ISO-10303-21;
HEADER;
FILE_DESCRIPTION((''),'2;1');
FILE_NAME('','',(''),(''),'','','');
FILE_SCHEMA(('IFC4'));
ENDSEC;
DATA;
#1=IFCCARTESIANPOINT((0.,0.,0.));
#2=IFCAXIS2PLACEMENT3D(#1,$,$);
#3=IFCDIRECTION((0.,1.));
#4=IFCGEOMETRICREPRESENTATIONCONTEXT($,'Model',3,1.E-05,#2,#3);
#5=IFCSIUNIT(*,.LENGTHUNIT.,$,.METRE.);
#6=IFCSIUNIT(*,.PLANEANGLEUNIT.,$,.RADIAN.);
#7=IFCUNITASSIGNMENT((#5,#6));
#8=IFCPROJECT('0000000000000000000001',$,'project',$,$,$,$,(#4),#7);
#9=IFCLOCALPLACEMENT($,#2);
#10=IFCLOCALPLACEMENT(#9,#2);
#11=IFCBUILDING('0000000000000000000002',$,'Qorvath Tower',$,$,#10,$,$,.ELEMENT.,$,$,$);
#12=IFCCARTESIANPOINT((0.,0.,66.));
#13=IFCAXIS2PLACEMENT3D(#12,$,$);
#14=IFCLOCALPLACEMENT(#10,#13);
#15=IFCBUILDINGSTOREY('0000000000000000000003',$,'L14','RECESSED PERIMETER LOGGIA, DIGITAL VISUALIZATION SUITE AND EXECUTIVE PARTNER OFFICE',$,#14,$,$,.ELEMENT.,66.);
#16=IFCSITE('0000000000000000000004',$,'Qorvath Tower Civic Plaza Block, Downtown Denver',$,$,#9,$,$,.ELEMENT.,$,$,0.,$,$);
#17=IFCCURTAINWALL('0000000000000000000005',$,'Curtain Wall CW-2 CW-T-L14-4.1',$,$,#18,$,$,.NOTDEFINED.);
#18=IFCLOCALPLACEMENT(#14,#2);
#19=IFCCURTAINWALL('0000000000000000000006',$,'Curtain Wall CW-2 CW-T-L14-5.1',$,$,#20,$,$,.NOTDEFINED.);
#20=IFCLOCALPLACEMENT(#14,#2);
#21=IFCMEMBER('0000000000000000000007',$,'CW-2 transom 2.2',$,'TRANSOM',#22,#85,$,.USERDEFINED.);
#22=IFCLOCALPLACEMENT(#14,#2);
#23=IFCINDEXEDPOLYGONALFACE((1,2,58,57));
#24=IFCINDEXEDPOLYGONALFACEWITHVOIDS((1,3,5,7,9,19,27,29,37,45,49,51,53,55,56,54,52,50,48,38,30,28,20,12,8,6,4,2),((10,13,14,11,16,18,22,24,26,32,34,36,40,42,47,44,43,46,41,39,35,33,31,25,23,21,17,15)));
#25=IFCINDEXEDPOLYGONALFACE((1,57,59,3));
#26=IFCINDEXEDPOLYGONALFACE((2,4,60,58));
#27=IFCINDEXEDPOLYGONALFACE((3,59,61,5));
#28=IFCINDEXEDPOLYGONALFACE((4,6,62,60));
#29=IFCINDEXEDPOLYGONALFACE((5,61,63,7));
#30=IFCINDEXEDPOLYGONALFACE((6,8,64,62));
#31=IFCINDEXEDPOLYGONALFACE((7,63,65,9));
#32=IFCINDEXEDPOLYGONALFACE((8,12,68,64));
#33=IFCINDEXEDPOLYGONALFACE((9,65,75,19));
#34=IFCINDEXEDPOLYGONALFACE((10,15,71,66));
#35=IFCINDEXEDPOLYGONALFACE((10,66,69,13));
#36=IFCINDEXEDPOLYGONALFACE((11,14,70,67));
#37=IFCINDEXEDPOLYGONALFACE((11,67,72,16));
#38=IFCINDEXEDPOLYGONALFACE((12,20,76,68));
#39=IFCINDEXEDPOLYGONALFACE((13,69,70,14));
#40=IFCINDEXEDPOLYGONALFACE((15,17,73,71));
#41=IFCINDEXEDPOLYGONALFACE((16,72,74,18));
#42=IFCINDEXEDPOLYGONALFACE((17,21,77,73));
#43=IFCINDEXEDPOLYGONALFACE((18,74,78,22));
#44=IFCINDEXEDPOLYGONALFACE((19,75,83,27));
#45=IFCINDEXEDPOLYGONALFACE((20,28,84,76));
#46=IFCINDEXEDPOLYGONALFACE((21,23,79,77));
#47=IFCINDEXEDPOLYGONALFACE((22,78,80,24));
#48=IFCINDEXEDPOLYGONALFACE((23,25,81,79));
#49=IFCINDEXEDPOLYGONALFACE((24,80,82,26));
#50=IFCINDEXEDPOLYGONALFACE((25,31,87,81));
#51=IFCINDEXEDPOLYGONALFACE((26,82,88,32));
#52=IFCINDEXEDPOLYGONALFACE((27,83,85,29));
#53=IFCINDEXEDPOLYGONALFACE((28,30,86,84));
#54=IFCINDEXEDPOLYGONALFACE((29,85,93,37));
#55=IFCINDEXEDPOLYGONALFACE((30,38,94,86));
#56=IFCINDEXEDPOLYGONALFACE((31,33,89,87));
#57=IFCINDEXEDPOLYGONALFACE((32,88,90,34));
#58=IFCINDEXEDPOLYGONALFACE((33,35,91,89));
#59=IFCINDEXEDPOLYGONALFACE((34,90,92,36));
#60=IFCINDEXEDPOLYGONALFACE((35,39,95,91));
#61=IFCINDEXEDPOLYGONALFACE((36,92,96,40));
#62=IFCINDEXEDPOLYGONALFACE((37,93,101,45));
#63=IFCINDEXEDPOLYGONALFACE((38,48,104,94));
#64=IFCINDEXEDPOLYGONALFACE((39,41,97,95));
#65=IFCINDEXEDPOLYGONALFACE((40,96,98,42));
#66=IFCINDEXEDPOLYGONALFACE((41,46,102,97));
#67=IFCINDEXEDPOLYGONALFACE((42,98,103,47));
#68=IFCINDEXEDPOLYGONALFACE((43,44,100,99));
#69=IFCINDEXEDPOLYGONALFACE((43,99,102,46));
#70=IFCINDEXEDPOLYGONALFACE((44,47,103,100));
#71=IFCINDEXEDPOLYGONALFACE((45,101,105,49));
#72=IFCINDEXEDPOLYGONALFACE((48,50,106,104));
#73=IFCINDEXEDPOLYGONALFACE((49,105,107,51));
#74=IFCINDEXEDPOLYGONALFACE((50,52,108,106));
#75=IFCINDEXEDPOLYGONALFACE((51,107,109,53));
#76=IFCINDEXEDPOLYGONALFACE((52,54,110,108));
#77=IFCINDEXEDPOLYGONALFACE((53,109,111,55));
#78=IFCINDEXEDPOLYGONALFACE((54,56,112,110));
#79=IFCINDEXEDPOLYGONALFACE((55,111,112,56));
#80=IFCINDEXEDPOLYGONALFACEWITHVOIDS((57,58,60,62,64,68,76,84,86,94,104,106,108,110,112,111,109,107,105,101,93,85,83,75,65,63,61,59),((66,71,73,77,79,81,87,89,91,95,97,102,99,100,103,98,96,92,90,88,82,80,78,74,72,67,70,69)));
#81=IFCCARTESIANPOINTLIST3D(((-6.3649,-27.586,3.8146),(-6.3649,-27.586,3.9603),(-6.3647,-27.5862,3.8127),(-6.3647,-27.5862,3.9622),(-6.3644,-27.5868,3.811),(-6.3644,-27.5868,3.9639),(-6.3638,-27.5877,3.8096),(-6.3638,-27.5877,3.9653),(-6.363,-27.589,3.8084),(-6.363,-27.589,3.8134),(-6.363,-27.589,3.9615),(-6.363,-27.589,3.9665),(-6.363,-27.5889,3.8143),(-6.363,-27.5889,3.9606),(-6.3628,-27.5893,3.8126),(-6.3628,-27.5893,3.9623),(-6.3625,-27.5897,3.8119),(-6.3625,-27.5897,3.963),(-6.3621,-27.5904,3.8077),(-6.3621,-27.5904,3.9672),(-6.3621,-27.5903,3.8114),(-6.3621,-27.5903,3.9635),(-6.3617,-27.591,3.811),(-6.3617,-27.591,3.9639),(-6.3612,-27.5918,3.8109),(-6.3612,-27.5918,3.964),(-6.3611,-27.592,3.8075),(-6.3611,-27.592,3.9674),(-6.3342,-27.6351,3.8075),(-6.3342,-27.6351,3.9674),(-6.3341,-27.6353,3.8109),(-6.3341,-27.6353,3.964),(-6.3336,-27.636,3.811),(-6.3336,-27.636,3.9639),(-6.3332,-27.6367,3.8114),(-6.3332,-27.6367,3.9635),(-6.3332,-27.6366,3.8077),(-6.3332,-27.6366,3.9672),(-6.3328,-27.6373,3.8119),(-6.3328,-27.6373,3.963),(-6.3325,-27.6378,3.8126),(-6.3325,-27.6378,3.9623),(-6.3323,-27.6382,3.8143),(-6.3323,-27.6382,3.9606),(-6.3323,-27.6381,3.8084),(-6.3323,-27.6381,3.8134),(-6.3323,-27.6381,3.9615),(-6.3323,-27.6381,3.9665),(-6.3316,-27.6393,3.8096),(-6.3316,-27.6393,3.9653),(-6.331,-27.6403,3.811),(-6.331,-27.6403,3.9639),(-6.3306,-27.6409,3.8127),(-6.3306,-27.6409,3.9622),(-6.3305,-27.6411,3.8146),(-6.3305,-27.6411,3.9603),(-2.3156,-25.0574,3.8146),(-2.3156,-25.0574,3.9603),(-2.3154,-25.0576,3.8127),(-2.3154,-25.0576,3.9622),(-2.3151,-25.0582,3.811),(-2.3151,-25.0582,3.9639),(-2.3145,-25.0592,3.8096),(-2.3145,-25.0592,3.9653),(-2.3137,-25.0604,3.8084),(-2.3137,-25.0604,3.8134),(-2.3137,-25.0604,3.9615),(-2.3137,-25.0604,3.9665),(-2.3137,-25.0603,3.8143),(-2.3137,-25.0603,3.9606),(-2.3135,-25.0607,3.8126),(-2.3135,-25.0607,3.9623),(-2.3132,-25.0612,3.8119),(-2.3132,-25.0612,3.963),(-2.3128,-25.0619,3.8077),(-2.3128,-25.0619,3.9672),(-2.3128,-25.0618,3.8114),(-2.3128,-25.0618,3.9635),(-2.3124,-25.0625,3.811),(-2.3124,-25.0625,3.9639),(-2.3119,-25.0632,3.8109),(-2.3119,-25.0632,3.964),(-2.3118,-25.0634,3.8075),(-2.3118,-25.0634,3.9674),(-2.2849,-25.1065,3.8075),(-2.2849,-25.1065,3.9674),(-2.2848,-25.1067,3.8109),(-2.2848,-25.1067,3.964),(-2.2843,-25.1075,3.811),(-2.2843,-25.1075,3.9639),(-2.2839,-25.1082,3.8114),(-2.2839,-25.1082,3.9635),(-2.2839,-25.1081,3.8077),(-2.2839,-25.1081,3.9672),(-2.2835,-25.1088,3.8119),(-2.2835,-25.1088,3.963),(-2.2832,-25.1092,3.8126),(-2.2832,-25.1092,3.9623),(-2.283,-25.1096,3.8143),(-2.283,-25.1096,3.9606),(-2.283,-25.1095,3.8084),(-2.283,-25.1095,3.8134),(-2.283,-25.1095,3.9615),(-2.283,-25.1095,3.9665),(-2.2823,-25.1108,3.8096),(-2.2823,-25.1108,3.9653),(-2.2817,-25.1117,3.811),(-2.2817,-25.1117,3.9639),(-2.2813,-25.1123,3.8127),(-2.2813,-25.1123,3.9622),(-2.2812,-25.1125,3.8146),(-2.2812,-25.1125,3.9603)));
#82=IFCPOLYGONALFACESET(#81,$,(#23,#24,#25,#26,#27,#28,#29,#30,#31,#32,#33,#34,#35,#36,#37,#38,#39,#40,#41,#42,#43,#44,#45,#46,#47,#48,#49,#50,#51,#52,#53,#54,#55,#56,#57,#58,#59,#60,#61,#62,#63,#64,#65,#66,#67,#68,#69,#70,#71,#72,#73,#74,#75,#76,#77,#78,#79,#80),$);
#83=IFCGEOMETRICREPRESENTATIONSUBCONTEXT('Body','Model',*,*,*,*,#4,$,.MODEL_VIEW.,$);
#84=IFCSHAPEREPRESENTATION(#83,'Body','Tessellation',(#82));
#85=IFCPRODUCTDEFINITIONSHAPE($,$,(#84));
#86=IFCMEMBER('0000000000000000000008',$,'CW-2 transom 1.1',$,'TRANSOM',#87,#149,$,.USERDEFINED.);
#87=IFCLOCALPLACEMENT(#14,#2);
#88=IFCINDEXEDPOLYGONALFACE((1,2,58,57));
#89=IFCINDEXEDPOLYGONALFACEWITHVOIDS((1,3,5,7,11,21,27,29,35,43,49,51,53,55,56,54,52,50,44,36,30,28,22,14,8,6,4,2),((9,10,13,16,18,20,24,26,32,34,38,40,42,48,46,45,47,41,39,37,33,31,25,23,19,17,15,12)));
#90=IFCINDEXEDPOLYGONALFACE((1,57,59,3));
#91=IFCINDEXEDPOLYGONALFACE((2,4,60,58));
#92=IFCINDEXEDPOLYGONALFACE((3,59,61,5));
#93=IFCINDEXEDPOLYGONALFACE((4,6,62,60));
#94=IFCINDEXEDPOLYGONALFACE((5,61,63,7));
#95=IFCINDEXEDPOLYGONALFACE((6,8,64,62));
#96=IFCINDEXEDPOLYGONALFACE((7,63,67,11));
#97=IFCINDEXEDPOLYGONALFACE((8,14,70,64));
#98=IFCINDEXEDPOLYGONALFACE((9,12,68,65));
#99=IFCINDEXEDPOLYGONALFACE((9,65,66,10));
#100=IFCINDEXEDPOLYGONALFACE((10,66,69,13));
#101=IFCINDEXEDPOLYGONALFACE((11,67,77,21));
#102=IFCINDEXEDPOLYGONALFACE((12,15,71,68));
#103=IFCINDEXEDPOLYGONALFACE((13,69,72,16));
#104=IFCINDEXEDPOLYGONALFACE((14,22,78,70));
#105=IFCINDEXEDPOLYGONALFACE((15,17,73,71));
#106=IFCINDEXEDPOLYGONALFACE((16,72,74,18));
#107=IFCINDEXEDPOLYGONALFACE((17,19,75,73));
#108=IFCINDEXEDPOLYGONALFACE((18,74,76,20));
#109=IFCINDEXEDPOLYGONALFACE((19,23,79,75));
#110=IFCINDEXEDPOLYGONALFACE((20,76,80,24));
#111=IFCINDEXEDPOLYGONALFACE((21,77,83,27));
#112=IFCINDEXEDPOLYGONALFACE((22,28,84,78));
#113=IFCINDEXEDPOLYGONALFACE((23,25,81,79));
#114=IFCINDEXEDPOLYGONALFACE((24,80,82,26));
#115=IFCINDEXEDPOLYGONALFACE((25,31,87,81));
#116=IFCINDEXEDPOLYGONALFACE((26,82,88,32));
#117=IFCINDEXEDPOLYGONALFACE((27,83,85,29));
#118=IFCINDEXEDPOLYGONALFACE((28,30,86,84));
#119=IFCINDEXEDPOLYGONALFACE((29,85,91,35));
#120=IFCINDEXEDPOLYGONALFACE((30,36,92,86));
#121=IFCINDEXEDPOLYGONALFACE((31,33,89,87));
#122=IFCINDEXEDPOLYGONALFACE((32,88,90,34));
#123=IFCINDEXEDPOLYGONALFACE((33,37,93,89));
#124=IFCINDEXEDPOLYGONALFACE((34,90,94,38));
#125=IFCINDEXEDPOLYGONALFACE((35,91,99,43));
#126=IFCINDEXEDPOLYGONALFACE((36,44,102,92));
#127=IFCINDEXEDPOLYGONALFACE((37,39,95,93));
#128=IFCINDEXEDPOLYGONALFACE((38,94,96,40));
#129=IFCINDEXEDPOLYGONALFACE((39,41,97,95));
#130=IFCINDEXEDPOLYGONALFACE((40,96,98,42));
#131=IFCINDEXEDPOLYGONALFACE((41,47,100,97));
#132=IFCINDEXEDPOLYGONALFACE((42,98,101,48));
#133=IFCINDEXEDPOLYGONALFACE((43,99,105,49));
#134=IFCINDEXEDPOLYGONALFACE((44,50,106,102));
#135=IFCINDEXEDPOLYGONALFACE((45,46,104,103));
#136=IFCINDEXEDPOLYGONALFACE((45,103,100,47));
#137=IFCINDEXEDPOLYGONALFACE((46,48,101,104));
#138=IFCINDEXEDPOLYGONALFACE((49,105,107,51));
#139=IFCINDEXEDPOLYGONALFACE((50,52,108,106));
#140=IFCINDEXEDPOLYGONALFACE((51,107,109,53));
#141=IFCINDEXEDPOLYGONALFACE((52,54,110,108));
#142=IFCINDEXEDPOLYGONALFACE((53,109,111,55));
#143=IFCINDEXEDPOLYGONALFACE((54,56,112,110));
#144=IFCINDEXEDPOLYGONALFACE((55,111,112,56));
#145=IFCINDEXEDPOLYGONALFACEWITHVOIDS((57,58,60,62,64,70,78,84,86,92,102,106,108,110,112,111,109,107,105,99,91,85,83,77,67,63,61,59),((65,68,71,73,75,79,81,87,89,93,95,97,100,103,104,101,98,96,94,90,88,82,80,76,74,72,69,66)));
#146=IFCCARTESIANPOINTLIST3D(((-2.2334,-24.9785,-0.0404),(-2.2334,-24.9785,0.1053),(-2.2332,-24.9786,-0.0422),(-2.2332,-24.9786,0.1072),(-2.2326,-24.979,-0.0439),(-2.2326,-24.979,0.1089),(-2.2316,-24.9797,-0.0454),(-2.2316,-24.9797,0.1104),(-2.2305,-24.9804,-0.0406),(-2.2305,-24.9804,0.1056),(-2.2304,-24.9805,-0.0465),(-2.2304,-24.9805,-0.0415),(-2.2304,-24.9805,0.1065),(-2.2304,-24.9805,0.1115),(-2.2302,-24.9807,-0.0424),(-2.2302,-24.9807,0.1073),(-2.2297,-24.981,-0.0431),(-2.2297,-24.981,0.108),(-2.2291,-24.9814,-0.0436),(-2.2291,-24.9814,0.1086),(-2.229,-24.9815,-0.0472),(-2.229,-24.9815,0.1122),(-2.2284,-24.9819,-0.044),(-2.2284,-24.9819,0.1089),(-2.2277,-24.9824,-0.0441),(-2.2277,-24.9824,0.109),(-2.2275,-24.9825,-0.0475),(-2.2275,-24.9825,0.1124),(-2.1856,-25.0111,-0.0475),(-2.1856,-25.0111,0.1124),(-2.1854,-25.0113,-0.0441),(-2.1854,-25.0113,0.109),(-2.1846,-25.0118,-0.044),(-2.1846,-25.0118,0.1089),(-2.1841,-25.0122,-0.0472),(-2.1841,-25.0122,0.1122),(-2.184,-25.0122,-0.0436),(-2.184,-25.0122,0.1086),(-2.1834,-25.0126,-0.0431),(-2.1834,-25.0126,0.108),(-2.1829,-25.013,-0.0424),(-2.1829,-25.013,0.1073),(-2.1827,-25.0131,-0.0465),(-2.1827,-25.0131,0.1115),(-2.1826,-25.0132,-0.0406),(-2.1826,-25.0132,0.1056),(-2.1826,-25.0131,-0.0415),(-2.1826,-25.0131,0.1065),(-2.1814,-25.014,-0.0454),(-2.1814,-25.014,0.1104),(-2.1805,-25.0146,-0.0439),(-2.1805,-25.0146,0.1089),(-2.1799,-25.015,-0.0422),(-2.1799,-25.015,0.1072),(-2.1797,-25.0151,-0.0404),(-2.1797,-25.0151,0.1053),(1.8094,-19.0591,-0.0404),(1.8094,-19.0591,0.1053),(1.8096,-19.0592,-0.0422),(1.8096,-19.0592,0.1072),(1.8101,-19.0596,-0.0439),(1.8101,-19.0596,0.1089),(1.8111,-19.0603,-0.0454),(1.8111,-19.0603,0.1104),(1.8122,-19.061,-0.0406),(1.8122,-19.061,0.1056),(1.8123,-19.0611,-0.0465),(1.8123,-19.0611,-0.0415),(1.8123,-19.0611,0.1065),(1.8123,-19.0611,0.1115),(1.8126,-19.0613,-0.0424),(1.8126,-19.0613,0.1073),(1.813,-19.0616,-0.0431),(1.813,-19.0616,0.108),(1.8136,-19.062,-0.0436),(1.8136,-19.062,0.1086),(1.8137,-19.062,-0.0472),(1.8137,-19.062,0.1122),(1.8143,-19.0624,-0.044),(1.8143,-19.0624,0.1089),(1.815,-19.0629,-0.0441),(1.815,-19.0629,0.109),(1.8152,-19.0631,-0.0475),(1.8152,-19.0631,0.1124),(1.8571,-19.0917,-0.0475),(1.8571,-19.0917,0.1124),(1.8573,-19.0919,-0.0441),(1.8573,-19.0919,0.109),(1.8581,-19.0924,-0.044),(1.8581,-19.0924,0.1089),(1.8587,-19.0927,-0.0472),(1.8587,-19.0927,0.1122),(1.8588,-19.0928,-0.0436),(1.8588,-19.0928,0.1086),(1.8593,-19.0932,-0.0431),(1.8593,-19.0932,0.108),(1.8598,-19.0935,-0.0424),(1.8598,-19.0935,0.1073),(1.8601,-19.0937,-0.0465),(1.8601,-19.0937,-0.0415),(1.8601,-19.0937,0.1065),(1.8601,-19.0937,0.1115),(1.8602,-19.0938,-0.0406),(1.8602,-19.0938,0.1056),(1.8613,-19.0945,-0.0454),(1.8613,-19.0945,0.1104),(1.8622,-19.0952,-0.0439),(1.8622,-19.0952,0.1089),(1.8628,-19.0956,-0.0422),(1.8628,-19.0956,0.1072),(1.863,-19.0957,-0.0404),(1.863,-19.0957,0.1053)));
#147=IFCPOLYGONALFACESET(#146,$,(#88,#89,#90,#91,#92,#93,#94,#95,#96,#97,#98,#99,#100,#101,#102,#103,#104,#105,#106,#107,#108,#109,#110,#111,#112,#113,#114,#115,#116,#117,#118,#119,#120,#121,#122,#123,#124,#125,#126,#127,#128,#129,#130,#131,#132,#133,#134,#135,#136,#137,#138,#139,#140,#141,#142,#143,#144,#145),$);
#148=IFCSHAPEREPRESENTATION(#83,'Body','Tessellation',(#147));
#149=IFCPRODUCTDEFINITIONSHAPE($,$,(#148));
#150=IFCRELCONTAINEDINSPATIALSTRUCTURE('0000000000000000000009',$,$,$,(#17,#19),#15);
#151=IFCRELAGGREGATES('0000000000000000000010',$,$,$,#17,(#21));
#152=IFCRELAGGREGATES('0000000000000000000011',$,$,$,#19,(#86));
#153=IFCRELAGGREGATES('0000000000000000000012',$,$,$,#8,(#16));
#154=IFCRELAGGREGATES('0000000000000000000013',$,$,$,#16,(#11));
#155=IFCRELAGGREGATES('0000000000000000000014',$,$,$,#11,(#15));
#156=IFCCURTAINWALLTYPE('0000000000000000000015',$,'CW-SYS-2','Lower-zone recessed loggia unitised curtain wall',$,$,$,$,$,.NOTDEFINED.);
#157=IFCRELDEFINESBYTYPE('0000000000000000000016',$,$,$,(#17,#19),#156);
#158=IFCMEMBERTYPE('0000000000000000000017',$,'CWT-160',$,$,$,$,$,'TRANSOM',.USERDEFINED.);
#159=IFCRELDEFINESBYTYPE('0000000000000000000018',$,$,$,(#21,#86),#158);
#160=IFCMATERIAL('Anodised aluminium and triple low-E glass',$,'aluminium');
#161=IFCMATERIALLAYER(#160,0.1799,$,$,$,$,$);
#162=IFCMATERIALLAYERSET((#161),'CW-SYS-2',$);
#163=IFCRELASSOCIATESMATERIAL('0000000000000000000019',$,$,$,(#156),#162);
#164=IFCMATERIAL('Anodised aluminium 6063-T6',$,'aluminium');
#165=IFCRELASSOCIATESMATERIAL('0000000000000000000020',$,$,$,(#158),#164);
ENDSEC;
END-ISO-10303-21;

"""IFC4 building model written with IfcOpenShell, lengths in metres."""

from ifc_helpers import new_model, si_unit, direction, frame, origin, origin_2d, place, context, subcontext, project, spatial, hollow_rectangle, extrude, material, layer, layer_set, material_profile, profile_set, type_object, element, aggregate, save


model = new_model("IFC4")

# Units and contexts
model_context = context("Model", 3, precision=1e-05, world=origin(), true_north=direction((0.0, 1.0)))
body_context = subcontext(model_context, "Body", "Model", "MODEL_VIEW")
ifc_project = project(units=[si_unit("LENGTHUNIT", "METRE"), si_unit("PLANEANGLEUNIT", "RADIAN")], contexts=[model_context])

# Site, building, storey
site_placement = place(None, origin())
site = spatial("IfcSite", under=ifc_project, at=site_placement, Name="Qorvath Tower Civic Plaza Block, Downtown Denver", CompositionType="ELEMENT", RefElevation=0.0)
building_placement = place(site_placement, origin())
building = spatial("IfcBuilding", under=site, at=building_placement, Name="Qorvath Tower", CompositionType="ELEMENT")
storey_placement = place(building_placement, frame((0.0, 0.0, 66.0)))
storey = spatial("IfcBuildingStorey", under=building, at=storey_placement, Name="L14", Description="RECESSED PERIMETER LOGGIA, DIGITAL VISUALIZATION SUITE AND EXECUTIVE PARTNER OFFICE", CompositionType="ELEMENT", Elevation=66.0)

# Shared definitions
ifc_material_1 = material(Name="Anodised aluminium and triple low-E glass", Category="aluminium")
ifc_layer_1 = layer(ifc_material_1, 0.1799)
ifc_layer_set_1 = layer_set([ifc_layer_1], Name="CW-SYS-2")
curtain_wall_type = type_object("IfcCurtainWallType", Name="CW-SYS-2", Description="Lower-zone recessed loggia unitised curtain wall", PredefinedType="NOTDEFINED", material=ifc_layer_set_1)

# Curtain walls
curtain_wall_1_placement = place(storey_placement, origin())
curtain_wall_1 = element("IfcCurtainWall", 1, at=curtain_wall_1_placement, inside=storey, type_object=curtain_wall_type, Name="Curtain Wall CW-2 CW-T-L14-4.1", PredefinedType="NOTDEFINED")
curtain_wall_2_placement = place(storey_placement, origin())
curtain_wall_2 = element("IfcCurtainWall", 2, at=curtain_wall_2_placement, inside=storey, type_object=curtain_wall_type, Name="Curtain Wall CW-2 CW-T-L14-5.1", PredefinedType="NOTDEFINED")

# Members
ifc_material_2 = material(Name="Anodised aluminium 6063-T6", Category="aluminium")
ifc_material_profile_1 = material_profile(ifc_material_2, hollow_rectangle(XDim=0.0649, YDim=0.1599, WallThickness=0.0034, InnerFilletRadius=0.0034, OuterFilletRadius=0.0071, at=origin_2d()), Name="CWT 160x65")
ifc_profile_set_1 = profile_set([ifc_material_profile_1], Name="Anodised aluminium 6063-T6")
member_type_1 = type_object("IfcMemberType", Name="CWT-160", ElementType="TRANSOM", PredefinedType="USERDEFINED", material=ifc_profile_set_1)
member_1_placement = place(storey_placement, frame((-6.3477, -27.6135, 3.8875), z_axis=(0.848211, 0.529659, 0.0), x_axis=(-0.529659, 0.848211, 0.0)))
member_1 = element("IfcMember", 3, at=member_1_placement, type_object=member_type_1, Name="CW-2 transom 2.2", ObjectType="TRANSOM", PredefinedType="USERDEFINED", context=body_context, shape_type="SweptSolid", body=[
    extrude(hollow_rectangle(XDim=0.0649, YDim=0.1599, WallThickness=0.0034, InnerFilletRadius=0.0034, OuterFilletRadius=0.0071, at=origin_2d()), origin(), (0.0, 0.0, 1.0), 4.7739),
])
member_2_placement = place(storey_placement, frame((-2.2065, -24.9968, 0.0325), z_axis=(0.563979, 0.825789, 0.0), x_axis=(-0.825789, 0.563979, 0.0)))
member_2 = element("IfcMember", 4, at=member_2_placement, type_object=member_type_1, Name="CW-2 transom 1.1", ObjectType="TRANSOM", PredefinedType="USERDEFINED", context=body_context, shape_type="SweptSolid", body=[
    extrude(hollow_rectangle(XDim=0.0649, YDim=0.1599, WallThickness=0.0034, InnerFilletRadius=0.0034, OuterFilletRadius=0.0071, at=origin_2d()), origin(), (0.0, 0.0, 1.0), 7.1682),
])

aggregate(curtain_wall_1, [member_1])
aggregate(curtain_wall_2, [member_2])

save(model, "model.ifc")
